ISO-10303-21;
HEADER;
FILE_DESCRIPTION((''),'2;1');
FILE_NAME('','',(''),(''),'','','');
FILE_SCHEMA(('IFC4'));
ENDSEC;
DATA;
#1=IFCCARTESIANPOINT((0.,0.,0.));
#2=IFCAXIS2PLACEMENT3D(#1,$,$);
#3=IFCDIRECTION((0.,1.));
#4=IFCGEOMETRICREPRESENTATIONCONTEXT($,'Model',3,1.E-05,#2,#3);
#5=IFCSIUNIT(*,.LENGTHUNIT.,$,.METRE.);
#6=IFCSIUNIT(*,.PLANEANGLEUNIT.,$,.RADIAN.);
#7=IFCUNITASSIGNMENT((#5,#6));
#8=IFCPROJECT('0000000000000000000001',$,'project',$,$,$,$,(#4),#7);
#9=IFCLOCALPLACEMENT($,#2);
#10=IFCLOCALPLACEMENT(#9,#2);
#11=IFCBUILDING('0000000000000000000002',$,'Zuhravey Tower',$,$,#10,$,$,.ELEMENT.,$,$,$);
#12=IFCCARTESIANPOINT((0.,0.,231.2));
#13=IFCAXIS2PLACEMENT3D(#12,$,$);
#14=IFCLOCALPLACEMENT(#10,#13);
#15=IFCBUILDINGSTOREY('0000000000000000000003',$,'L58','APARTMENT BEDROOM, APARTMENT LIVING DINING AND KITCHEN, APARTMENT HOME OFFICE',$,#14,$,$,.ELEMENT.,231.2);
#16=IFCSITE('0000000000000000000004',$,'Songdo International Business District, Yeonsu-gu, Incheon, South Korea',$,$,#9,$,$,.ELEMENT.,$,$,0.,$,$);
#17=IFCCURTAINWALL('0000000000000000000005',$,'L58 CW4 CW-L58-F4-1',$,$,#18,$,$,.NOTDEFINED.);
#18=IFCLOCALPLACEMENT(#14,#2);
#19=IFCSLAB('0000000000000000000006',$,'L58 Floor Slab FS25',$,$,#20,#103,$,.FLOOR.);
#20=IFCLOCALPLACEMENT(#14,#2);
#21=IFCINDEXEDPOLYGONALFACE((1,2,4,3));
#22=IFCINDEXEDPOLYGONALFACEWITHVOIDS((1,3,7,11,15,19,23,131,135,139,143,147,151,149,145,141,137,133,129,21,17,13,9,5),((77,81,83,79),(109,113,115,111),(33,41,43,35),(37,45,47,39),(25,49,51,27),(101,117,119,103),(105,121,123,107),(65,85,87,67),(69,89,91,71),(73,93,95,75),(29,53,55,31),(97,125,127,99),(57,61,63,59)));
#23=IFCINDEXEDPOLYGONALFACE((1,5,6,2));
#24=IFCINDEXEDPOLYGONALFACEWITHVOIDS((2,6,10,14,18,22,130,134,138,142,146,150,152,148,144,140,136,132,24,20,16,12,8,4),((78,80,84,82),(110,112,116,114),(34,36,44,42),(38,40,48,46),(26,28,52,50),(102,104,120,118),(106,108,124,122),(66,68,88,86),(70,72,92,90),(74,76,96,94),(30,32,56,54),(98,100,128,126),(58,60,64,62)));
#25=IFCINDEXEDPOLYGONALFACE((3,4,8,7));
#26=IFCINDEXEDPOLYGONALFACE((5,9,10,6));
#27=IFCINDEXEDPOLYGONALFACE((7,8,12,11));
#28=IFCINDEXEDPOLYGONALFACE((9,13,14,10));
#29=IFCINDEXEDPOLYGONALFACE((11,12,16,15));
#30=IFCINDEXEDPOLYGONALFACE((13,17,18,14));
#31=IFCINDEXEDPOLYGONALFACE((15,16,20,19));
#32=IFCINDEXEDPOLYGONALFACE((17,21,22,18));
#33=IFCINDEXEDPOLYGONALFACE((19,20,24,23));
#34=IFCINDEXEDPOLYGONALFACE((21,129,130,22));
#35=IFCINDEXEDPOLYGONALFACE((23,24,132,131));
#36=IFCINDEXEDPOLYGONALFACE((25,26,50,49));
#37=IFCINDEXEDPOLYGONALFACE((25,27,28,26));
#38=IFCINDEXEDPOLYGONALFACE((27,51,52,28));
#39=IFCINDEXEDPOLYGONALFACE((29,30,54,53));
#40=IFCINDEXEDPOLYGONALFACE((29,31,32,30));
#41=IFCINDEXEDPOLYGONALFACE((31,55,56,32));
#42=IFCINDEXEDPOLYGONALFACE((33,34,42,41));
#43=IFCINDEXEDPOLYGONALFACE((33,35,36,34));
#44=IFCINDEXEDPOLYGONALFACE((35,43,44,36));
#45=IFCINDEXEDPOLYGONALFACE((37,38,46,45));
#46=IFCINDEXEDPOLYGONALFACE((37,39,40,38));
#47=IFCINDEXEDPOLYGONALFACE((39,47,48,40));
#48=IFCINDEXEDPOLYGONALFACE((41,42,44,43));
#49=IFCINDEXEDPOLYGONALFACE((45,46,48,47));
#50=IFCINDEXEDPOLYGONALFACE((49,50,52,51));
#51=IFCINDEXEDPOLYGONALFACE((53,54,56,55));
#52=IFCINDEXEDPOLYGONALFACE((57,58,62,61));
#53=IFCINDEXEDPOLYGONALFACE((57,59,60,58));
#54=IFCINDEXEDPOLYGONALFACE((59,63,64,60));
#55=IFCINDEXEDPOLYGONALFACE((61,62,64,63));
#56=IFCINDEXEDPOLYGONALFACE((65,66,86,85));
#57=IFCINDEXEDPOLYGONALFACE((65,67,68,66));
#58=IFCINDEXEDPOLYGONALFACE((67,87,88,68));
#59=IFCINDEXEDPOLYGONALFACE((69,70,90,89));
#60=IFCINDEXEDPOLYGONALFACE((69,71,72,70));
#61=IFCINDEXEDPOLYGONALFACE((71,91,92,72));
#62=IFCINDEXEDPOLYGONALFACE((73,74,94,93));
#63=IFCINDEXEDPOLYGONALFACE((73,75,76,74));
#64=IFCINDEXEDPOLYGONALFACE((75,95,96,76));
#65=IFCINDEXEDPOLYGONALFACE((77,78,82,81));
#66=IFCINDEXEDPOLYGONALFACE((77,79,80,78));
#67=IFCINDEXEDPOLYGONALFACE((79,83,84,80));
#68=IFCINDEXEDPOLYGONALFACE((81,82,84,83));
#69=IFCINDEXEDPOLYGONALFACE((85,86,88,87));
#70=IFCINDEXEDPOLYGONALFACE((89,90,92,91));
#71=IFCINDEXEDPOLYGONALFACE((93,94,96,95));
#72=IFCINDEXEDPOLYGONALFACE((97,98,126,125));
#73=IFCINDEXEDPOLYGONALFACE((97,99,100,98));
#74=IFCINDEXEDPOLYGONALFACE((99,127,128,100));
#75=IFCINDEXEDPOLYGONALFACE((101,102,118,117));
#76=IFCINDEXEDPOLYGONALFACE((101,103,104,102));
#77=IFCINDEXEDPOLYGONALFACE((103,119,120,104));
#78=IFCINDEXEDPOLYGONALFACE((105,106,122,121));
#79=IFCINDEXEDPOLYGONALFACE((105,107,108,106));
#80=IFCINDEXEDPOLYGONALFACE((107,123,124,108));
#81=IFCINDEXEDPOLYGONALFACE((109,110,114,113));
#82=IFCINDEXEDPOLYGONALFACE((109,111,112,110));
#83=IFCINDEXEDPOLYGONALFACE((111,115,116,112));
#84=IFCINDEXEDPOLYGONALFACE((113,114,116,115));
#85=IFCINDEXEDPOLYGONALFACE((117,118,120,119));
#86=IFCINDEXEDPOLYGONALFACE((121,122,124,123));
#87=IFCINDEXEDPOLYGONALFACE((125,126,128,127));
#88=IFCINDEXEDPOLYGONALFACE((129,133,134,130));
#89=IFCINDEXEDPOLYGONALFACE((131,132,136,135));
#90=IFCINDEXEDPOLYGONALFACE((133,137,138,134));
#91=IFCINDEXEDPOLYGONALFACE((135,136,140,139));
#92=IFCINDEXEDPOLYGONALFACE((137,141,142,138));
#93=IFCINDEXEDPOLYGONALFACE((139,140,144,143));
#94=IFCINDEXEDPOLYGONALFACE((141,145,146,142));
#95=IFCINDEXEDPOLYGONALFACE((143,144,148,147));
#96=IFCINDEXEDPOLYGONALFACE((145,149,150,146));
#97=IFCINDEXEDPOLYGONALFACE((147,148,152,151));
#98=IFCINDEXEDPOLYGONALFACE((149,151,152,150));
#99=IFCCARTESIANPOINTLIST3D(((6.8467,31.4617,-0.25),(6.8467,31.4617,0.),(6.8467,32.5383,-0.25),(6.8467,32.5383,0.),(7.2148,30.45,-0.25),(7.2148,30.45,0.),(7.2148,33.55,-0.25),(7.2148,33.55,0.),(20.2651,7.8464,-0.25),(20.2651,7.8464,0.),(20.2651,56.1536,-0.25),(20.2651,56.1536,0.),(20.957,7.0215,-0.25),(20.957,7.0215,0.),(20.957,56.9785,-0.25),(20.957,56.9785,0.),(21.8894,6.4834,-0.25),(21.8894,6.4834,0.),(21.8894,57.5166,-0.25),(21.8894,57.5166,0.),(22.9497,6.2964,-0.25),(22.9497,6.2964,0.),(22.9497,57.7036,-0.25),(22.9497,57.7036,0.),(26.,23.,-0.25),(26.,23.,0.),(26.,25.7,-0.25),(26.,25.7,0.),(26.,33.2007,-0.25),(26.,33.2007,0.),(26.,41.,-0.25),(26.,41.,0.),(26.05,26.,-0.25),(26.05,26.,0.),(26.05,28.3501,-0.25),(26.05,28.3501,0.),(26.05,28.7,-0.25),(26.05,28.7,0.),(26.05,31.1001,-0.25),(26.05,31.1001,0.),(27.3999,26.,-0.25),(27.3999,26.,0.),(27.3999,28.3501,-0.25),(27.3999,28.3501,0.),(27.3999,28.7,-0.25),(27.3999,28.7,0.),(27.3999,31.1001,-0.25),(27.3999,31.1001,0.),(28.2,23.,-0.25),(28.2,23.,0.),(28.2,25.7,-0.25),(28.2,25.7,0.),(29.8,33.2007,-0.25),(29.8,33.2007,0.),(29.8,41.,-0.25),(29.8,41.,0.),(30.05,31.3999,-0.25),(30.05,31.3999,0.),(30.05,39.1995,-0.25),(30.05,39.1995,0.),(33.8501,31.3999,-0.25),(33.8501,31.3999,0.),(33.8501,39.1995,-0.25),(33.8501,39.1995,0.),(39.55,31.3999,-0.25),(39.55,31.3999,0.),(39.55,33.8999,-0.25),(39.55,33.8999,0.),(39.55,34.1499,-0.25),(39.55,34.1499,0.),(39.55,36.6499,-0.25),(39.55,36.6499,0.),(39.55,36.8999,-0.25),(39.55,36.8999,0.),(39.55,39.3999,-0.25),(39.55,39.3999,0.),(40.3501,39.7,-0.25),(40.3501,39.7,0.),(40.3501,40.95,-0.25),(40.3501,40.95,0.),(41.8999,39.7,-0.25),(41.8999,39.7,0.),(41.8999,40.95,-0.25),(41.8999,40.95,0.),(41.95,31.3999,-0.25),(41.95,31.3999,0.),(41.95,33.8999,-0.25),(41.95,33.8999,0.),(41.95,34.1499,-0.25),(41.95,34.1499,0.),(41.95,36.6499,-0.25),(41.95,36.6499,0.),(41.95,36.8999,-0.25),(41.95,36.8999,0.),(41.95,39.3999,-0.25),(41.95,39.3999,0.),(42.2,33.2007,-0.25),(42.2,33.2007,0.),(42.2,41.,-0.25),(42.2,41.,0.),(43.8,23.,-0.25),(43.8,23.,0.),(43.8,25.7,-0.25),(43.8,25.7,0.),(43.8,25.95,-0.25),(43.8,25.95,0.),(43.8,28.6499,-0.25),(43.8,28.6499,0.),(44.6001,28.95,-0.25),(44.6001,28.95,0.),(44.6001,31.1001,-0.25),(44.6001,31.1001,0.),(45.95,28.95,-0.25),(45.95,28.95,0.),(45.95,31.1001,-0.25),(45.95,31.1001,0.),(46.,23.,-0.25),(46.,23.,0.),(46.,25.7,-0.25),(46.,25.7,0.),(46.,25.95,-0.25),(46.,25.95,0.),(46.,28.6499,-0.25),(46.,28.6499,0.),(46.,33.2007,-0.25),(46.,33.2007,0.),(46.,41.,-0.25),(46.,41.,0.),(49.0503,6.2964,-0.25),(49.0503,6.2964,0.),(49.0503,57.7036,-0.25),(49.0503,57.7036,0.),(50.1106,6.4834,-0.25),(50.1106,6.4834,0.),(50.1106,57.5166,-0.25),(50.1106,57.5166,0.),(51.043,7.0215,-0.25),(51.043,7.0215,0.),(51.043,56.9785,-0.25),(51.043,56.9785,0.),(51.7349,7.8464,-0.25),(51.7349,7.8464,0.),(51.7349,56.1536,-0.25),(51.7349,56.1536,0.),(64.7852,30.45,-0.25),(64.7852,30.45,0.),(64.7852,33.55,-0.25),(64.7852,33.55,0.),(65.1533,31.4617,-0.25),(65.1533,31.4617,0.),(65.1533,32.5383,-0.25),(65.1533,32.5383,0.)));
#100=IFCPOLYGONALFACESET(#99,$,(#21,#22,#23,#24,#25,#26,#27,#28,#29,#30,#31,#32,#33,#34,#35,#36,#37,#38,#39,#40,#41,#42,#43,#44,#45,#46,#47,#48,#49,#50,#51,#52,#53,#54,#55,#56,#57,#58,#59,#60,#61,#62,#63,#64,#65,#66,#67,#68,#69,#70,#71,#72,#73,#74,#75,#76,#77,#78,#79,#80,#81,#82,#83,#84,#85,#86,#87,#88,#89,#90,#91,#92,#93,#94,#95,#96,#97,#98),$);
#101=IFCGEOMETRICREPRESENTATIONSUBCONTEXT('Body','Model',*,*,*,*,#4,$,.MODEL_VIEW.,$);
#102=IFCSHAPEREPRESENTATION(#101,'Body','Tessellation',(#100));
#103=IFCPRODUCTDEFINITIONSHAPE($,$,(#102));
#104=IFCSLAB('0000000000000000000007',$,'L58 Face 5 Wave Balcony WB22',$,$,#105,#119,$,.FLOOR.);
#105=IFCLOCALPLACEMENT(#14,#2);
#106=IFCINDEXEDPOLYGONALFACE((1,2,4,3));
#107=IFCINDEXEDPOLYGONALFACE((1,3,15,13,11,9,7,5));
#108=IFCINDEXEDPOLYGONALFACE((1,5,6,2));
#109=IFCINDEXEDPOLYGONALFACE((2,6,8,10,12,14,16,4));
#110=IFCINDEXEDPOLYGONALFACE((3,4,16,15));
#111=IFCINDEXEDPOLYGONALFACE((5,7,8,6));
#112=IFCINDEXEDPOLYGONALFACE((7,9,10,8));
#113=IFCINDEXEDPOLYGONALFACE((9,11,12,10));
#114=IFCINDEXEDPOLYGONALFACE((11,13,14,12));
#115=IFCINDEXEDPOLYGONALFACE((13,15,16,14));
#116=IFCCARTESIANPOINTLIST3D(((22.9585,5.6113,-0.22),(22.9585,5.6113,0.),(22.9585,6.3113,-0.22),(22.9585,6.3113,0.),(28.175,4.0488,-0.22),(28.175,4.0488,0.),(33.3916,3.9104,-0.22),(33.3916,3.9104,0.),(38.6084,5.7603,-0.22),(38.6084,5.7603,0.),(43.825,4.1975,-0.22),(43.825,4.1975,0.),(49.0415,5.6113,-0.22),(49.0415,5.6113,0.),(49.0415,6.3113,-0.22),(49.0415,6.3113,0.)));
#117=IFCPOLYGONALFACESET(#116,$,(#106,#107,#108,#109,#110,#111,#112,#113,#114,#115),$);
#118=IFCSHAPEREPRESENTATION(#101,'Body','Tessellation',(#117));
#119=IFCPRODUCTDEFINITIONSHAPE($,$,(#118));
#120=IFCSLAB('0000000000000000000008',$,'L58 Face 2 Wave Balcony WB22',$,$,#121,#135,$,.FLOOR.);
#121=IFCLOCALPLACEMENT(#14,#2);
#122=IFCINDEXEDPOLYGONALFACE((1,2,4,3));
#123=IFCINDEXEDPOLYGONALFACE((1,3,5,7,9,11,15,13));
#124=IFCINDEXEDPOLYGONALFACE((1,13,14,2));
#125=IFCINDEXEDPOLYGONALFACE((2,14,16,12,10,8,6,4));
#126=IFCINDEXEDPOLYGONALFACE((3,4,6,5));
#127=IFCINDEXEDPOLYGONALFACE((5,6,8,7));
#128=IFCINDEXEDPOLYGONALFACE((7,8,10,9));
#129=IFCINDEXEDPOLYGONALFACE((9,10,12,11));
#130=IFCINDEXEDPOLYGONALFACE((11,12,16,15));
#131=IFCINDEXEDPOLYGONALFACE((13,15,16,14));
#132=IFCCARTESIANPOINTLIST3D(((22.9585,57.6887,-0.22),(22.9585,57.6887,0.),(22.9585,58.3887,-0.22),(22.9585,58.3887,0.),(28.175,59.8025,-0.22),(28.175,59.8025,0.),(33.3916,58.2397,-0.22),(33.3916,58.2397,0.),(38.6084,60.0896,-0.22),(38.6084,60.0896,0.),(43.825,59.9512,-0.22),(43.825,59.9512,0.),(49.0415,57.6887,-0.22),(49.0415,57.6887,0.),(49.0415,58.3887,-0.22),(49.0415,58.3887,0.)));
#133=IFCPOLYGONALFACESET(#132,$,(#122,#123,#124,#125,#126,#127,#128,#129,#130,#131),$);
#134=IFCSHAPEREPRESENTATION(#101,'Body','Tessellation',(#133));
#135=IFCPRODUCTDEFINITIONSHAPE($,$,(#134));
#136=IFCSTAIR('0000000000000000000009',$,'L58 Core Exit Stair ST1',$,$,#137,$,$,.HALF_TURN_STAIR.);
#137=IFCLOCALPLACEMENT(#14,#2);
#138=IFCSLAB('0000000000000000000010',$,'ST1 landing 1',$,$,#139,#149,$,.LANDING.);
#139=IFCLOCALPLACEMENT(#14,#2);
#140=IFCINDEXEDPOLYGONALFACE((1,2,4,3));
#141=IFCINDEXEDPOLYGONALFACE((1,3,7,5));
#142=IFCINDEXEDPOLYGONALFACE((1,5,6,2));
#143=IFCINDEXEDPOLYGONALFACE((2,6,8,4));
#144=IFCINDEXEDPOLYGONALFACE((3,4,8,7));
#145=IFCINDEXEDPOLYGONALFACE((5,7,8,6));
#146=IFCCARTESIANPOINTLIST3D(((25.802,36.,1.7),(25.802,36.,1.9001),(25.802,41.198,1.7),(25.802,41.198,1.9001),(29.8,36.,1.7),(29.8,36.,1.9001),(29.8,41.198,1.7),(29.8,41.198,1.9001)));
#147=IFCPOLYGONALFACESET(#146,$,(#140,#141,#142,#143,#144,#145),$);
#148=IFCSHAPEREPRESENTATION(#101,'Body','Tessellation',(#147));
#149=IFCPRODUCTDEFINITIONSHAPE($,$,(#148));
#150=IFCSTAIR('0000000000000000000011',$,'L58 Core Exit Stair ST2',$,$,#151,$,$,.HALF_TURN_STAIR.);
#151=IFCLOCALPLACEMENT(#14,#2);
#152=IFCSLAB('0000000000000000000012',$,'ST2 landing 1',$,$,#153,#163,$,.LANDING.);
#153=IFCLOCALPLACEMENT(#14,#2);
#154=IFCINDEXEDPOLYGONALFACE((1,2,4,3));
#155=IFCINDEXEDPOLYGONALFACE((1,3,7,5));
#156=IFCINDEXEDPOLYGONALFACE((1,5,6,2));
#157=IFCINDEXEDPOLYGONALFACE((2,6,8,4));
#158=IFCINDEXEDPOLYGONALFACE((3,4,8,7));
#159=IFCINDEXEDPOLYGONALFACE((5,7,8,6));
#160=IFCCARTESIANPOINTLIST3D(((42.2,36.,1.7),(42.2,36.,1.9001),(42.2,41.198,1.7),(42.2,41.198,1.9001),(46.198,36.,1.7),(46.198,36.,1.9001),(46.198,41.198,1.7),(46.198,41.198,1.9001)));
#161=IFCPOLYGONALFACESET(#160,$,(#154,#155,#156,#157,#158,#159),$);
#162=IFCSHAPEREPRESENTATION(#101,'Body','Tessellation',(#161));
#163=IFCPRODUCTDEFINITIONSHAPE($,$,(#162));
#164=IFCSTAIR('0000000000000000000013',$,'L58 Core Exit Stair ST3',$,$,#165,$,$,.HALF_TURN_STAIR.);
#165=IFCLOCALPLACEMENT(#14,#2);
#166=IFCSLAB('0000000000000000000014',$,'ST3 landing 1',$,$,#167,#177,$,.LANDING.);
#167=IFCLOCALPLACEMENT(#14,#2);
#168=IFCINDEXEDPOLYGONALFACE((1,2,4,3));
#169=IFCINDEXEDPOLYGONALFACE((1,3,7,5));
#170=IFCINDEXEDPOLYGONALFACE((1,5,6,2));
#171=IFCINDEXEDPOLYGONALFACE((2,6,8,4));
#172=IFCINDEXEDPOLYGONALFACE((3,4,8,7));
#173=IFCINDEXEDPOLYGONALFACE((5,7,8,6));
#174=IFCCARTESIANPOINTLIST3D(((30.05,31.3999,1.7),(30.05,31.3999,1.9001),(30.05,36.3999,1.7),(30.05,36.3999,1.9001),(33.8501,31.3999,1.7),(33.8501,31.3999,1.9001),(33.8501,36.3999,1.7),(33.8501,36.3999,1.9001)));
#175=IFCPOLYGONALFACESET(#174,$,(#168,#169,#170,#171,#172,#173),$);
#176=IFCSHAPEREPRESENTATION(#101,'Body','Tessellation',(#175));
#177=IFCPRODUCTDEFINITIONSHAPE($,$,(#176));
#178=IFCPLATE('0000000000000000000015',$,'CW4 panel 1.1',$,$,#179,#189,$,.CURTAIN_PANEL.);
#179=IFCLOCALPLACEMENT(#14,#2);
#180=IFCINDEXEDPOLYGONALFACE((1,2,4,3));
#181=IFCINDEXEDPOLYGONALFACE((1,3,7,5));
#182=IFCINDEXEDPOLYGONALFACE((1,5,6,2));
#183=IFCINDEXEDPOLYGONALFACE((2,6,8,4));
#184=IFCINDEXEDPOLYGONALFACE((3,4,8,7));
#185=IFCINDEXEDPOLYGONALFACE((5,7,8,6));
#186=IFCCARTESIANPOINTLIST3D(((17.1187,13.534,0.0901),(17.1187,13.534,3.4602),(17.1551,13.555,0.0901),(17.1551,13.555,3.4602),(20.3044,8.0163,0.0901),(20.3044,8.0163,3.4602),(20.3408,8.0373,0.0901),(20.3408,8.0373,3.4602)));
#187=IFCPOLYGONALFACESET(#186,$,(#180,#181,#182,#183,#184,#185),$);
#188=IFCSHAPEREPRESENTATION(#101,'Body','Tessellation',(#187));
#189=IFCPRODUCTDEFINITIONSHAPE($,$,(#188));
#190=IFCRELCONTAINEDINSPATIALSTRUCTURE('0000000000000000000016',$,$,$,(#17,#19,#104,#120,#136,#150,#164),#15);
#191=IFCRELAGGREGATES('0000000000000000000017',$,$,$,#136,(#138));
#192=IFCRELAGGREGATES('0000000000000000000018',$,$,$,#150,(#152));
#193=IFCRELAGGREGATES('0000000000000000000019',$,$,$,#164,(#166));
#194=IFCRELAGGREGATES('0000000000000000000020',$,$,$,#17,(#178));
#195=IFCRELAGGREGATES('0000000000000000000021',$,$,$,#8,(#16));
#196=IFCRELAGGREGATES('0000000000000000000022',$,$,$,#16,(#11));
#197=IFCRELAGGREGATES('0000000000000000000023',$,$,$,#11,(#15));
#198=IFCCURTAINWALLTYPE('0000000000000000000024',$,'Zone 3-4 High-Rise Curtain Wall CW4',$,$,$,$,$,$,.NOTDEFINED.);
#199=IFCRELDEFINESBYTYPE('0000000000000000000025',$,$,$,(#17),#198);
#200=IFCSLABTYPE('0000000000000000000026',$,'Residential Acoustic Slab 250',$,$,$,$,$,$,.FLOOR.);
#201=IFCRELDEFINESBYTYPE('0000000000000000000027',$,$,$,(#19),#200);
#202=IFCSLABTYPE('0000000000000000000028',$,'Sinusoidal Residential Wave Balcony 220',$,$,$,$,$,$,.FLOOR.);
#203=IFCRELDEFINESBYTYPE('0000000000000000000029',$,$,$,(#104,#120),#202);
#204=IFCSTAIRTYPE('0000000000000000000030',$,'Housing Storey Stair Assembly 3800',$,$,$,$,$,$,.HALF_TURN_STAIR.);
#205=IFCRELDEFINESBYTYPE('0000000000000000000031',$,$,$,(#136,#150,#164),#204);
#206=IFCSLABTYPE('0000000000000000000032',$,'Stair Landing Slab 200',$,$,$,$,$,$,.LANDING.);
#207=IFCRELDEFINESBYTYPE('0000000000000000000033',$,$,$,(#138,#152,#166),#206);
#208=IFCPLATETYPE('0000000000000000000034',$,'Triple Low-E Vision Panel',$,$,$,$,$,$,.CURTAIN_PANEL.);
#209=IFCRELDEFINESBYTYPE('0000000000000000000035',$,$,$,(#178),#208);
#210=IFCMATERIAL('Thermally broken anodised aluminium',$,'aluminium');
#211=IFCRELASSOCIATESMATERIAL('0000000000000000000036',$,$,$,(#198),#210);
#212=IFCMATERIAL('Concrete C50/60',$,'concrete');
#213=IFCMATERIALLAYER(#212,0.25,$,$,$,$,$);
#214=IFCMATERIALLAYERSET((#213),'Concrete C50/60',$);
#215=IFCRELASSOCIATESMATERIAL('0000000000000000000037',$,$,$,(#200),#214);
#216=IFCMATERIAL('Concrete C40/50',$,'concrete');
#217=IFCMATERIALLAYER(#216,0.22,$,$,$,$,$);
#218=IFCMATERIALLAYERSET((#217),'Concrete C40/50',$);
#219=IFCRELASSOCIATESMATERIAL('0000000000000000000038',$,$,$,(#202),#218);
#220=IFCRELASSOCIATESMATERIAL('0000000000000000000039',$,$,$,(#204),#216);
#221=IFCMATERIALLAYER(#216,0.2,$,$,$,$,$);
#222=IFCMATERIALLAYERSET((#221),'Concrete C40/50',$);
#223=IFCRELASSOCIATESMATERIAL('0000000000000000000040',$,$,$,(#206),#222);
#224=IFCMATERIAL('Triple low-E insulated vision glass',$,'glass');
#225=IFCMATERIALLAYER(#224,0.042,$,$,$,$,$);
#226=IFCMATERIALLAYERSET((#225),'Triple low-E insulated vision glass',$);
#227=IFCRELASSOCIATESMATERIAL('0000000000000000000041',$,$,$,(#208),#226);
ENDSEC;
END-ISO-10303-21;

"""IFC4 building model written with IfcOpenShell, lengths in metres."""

from ifc_helpers import new_model, si_unit, direction, frame, origin, origin_2d, place, context, subcontext, project, spatial, polyline, rectangle, outline, extrude, material, layer, layer_set, type_object, element, aggregate, save


model = new_model("IFC4")

# Units and contexts
model_context = context("Model", 3, precision=1e-05, world=origin(), true_north=direction((0.0, 1.0)))
body_context = subcontext(model_context, "Body", "Model", "MODEL_VIEW")
ifc_project = project(units=[si_unit("LENGTHUNIT", "METRE"), si_unit("PLANEANGLEUNIT", "RADIAN")], contexts=[model_context])

# Site, building, storey
site_placement = place(None, origin())
site = spatial("IfcSite", under=ifc_project, at=site_placement, Name="Songdo International Business District, Yeonsu-gu, Incheon, South Korea", CompositionType="ELEMENT", RefElevation=0.0)
building_placement = place(site_placement, origin())
building = spatial("IfcBuilding", under=site, at=building_placement, Name="Zuhravey Tower", CompositionType="ELEMENT")
storey_placement = place(building_placement, frame((0.0, 0.0, 231.2)))
storey = spatial("IfcBuildingStorey", under=building, at=storey_placement, Name="L58", Description="APARTMENT BEDROOM, APARTMENT LIVING DINING AND KITCHEN, APARTMENT HOME OFFICE", CompositionType="ELEMENT", Elevation=231.2)

# Shared definitions
ifc_material_1 = material(Name="Concrete C50/60", Category="concrete")

# Curtain wall
ifc_material_2 = material(Name="Thermally broken anodised aluminium", Category="aluminium")
curtain_wall_type = type_object("IfcCurtainWallType", Name="Zone 3-4 High-Rise Curtain Wall CW4", PredefinedType="NOTDEFINED", material=ifc_material_2)
curtain_wall_placement = place(storey_placement, origin())
curtain_wall = element("IfcCurtainWall", 1, at=curtain_wall_placement, inside=storey, type_object=curtain_wall_type, Name="L58 CW4 CW-L58-F4-1", PredefinedType="NOTDEFINED")

# Slabs
ifc_layer_1 = layer(ifc_material_1, 0.25)
ifc_layer_set_1 = layer_set([ifc_layer_1], Name="Concrete C50/60")
slab_type_1 = type_object("IfcSlabType", Name="Residential Acoustic Slab 250", PredefinedType="FLOOR", material=ifc_layer_set_1)
slab_1_placement = place(storey_placement, frame((0.0, 0.0, -0.25)))
element("IfcSlab", 2, at=slab_1_placement, inside=storey, type_object=slab_type_1, Name="L58 Floor Slab FS25", PredefinedType="FLOOR", context=body_context, shape_type="SweptSolid", body=[
    extrude(outline(polyline([(64.7852, 30.45), (65.1533, 31.4617), (65.1533, 32.5383), (64.7852, 33.55), (51.7349, 56.1536), (51.043, 56.9785), (50.1106, 57.5166), (49.0503, 57.7036), (22.9497, 57.7036), (21.8894, 57.5166), (20.957, 56.9785), (20.2651, 56.1536), (7.2148, 33.55), (6.8467, 32.5383), (6.8467, 31.4617), (7.2148, 30.45), (20.2651, 7.8464), (20.957, 7.0215), (21.8894, 6.4834), (22.9497, 6.2964), (49.0503, 6.2964), (50.1106, 6.4834), (51.043, 7.0215), (51.7349, 7.8464), (64.7852, 30.45)]), holes=[polyline([(29.8, 33.2007), (29.8, 41.0), (26.0, 41.0), (26.0, 33.2007), (29.8, 33.2007)]), polyline([(46.0, 33.2007), (46.0, 41.0), (42.2, 41.0), (42.2, 33.2007), (46.0, 33.2007)]), polyline([(30.05, 39.1995), (30.05, 31.3999), (33.8501, 31.3999), (33.8501, 39.1995), (30.05, 39.1995)]), polyline([(39.55, 31.3999), (41.95, 31.3999), (41.95, 33.8999), (39.55, 33.8999), (39.55, 31.3999)]), polyline([(39.55, 34.1499), (41.95, 34.1499), (41.95, 36.6499), (39.55, 36.6499), (39.55, 34.1499)]), polyline([(39.55, 36.8999), (41.95, 36.8999), (41.95, 39.3999), (39.55, 39.3999), (39.55, 36.8999)]), polyline([(26.0, 23.0), (28.2, 23.0), (28.2, 25.7), (26.0, 25.7), (26.0, 23.0)]), polyline([(43.8, 23.0), (46.0, 23.0), (46.0, 25.7), (43.8, 25.7), (43.8, 23.0)]), polyline([(43.8, 25.95), (46.0, 25.95), (46.0, 28.6499), (43.8, 28.6499), (43.8, 25.95)]), polyline([(26.05, 26.0), (27.3999, 26.0), (27.3999, 28.3501), (26.05, 28.3501), (26.05, 26.0)]), polyline([(26.05, 28.7), (27.3999, 28.7), (27.3999, 31.1001), (26.05, 31.1001), (26.05, 28.7)]), polyline([(44.6001, 28.95), (45.95, 28.95), (45.95, 31.1001), (44.6001, 31.1001), (44.6001, 28.95)]), polyline([(40.3501, 39.7), (41.8999, 39.7), (41.8999, 40.95), (40.3501, 40.95), (40.3501, 39.7)])]), origin(), (0.0, 0.0, 1.0), 0.25),
])
ifc_material_3 = material(Name="Concrete C40/50", Category="concrete")
ifc_layer_2 = layer(ifc_material_3, 0.22)
ifc_layer_set_2 = layer_set([ifc_layer_2], Name="Concrete C40/50")
slab_type_2 = type_object("IfcSlabType", Name="Sinusoidal Residential Wave Balcony 220", PredefinedType="FLOOR", material=ifc_layer_set_2)
slab_2_placement = place(storey_placement, frame((0.0, 0.0, -0.22)))
element("IfcSlab", 3, at=slab_2_placement, inside=storey, type_object=slab_type_2, Name="L58 Face 5 Wave Balcony WB22", PredefinedType="FLOOR", context=body_context, shape_type="SweptSolid", body=[
    extrude(outline(polyline([(22.9585, 6.3113), (49.0415, 6.3113), (49.0415, 5.6113), (43.825, 4.1975), (38.6084, 5.7603), (33.3916, 3.9104), (28.175, 4.0488), (22.9585, 5.6113), (22.9585, 6.3113)])), origin(), (0.0, 0.0, 1.0), 0.22),
])
slab_3_placement = place(storey_placement, frame((0.0, 0.0, -0.22)))
element("IfcSlab", 4, at=slab_3_placement, inside=storey, type_object=slab_type_2, Name="L58 Face 2 Wave Balcony WB22", PredefinedType="FLOOR", context=body_context, shape_type="SweptSolid", body=[
    extrude(outline(polyline([(49.0415, 57.6887), (22.9585, 57.6887), (22.9585, 58.3887), (28.175, 59.8025), (33.3916, 58.2397), (38.6084, 60.0896), (43.825, 59.9512), (49.0415, 58.3887), (49.0415, 57.6887)])), origin(), (0.0, 0.0, 1.0), 0.22),
])

# Stairs, slabs
stair_type = type_object("IfcStairType", Name="Housing Storey Stair Assembly 3800", PredefinedType="HALF_TURN_STAIR", material=ifc_material_3)
stair_1_placement = place(storey_placement, origin())
stair_1 = element("IfcStair", 5, at=stair_1_placement, inside=storey, type_object=stair_type, Name="L58 Core Exit Stair ST1", PredefinedType="HALF_TURN_STAIR")
ifc_layer_3 = layer(ifc_material_3, 0.2)
ifc_layer_set_3 = layer_set([ifc_layer_3], Name="Concrete C40/50")
slab_type_3 = type_object("IfcSlabType", Name="Stair Landing Slab 200", PredefinedType="LANDING", material=ifc_layer_set_3)
slab_4_placement = place(storey_placement, frame((0.0, 0.0, 1.7)))
slab_4 = element("IfcSlab", 6, at=slab_4_placement, type_object=slab_type_3, Name="ST1 landing 1", PredefinedType="LANDING", context=body_context, shape_type="SweptSolid", body=[
    extrude(outline(polyline([(29.8, 36.0), (29.8, 41.198), (25.802, 41.198), (25.802, 36.0), (29.8, 36.0)])), origin(), (0.0, 0.0, 1.0), 0.2002),
])
aggregate(stair_1, [slab_4])
stair_2_placement = place(storey_placement, origin())
stair_2 = element("IfcStair", 7, at=stair_2_placement, inside=storey, type_object=stair_type, Name="L58 Core Exit Stair ST2", PredefinedType="HALF_TURN_STAIR")
slab_5_placement = place(storey_placement, frame((0.0, 0.0, 1.7)))
slab_5 = element("IfcSlab", 8, at=slab_5_placement, type_object=slab_type_3, Name="ST2 landing 1", PredefinedType="LANDING", context=body_context, shape_type="SweptSolid", body=[
    extrude(outline(polyline([(46.198, 36.0), (46.198, 41.198), (42.2, 41.198), (42.2, 36.0), (46.198, 36.0)])), origin(), (0.0, 0.0, 1.0), 0.2002),
])
aggregate(stair_2, [slab_5])
stair_3_placement = place(storey_placement, origin())
stair_3 = element("IfcStair", 9, at=stair_3_placement, inside=storey, type_object=stair_type, Name="L58 Core Exit Stair ST3", PredefinedType="HALF_TURN_STAIR")
slab_6_placement = place(storey_placement, frame((0.0, 0.0, 1.7)))
slab_6 = element("IfcSlab", 10, at=slab_6_placement, type_object=slab_type_3, Name="ST3 landing 1", PredefinedType="LANDING", context=body_context, shape_type="SweptSolid", body=[
    extrude(outline(polyline([(30.05, 36.3999), (30.05, 31.3999), (33.8501, 31.3999), (33.8501, 36.3999), (30.05, 36.3999)])), origin(), (0.0, 0.0, 1.0), 0.2002),
])
aggregate(stair_3, [slab_6])

# Plate
ifc_material_4 = material(Name="Triple low-E insulated vision glass", Category="glass")
ifc_layer_4 = layer(ifc_material_4, 0.042)
ifc_layer_set_4 = layer_set([ifc_layer_4], Name="Triple low-E insulated vision glass")
plate_type_1 = type_object("IfcPlateType", Name="Triple Low-E Vision Panel", PredefinedType="CURTAIN_PANEL", material=ifc_layer_set_4)
plate_1_placement = place(storey_placement, frame((18.7297, 10.7856, 0.0901), z_axis=(0.0, 0.0, 1.0), x_axis=(-0.500001, 0.866025, 0.0)))
plate_1 = element("IfcPlate", 11, at=plate_1_placement, type_object=plate_type_1, Name="CW4 panel 1.1", PredefinedType="CURTAIN_PANEL", context=body_context, shape_type="SweptSolid", body=[
    extrude(rectangle(XDim=6.3713, YDim=0.042, at=origin_2d()), origin(), (0.0, 0.0, 1.0), 3.3701),
])
aggregate(curtain_wall, [plate_1])

save(model, "model.ifc")
